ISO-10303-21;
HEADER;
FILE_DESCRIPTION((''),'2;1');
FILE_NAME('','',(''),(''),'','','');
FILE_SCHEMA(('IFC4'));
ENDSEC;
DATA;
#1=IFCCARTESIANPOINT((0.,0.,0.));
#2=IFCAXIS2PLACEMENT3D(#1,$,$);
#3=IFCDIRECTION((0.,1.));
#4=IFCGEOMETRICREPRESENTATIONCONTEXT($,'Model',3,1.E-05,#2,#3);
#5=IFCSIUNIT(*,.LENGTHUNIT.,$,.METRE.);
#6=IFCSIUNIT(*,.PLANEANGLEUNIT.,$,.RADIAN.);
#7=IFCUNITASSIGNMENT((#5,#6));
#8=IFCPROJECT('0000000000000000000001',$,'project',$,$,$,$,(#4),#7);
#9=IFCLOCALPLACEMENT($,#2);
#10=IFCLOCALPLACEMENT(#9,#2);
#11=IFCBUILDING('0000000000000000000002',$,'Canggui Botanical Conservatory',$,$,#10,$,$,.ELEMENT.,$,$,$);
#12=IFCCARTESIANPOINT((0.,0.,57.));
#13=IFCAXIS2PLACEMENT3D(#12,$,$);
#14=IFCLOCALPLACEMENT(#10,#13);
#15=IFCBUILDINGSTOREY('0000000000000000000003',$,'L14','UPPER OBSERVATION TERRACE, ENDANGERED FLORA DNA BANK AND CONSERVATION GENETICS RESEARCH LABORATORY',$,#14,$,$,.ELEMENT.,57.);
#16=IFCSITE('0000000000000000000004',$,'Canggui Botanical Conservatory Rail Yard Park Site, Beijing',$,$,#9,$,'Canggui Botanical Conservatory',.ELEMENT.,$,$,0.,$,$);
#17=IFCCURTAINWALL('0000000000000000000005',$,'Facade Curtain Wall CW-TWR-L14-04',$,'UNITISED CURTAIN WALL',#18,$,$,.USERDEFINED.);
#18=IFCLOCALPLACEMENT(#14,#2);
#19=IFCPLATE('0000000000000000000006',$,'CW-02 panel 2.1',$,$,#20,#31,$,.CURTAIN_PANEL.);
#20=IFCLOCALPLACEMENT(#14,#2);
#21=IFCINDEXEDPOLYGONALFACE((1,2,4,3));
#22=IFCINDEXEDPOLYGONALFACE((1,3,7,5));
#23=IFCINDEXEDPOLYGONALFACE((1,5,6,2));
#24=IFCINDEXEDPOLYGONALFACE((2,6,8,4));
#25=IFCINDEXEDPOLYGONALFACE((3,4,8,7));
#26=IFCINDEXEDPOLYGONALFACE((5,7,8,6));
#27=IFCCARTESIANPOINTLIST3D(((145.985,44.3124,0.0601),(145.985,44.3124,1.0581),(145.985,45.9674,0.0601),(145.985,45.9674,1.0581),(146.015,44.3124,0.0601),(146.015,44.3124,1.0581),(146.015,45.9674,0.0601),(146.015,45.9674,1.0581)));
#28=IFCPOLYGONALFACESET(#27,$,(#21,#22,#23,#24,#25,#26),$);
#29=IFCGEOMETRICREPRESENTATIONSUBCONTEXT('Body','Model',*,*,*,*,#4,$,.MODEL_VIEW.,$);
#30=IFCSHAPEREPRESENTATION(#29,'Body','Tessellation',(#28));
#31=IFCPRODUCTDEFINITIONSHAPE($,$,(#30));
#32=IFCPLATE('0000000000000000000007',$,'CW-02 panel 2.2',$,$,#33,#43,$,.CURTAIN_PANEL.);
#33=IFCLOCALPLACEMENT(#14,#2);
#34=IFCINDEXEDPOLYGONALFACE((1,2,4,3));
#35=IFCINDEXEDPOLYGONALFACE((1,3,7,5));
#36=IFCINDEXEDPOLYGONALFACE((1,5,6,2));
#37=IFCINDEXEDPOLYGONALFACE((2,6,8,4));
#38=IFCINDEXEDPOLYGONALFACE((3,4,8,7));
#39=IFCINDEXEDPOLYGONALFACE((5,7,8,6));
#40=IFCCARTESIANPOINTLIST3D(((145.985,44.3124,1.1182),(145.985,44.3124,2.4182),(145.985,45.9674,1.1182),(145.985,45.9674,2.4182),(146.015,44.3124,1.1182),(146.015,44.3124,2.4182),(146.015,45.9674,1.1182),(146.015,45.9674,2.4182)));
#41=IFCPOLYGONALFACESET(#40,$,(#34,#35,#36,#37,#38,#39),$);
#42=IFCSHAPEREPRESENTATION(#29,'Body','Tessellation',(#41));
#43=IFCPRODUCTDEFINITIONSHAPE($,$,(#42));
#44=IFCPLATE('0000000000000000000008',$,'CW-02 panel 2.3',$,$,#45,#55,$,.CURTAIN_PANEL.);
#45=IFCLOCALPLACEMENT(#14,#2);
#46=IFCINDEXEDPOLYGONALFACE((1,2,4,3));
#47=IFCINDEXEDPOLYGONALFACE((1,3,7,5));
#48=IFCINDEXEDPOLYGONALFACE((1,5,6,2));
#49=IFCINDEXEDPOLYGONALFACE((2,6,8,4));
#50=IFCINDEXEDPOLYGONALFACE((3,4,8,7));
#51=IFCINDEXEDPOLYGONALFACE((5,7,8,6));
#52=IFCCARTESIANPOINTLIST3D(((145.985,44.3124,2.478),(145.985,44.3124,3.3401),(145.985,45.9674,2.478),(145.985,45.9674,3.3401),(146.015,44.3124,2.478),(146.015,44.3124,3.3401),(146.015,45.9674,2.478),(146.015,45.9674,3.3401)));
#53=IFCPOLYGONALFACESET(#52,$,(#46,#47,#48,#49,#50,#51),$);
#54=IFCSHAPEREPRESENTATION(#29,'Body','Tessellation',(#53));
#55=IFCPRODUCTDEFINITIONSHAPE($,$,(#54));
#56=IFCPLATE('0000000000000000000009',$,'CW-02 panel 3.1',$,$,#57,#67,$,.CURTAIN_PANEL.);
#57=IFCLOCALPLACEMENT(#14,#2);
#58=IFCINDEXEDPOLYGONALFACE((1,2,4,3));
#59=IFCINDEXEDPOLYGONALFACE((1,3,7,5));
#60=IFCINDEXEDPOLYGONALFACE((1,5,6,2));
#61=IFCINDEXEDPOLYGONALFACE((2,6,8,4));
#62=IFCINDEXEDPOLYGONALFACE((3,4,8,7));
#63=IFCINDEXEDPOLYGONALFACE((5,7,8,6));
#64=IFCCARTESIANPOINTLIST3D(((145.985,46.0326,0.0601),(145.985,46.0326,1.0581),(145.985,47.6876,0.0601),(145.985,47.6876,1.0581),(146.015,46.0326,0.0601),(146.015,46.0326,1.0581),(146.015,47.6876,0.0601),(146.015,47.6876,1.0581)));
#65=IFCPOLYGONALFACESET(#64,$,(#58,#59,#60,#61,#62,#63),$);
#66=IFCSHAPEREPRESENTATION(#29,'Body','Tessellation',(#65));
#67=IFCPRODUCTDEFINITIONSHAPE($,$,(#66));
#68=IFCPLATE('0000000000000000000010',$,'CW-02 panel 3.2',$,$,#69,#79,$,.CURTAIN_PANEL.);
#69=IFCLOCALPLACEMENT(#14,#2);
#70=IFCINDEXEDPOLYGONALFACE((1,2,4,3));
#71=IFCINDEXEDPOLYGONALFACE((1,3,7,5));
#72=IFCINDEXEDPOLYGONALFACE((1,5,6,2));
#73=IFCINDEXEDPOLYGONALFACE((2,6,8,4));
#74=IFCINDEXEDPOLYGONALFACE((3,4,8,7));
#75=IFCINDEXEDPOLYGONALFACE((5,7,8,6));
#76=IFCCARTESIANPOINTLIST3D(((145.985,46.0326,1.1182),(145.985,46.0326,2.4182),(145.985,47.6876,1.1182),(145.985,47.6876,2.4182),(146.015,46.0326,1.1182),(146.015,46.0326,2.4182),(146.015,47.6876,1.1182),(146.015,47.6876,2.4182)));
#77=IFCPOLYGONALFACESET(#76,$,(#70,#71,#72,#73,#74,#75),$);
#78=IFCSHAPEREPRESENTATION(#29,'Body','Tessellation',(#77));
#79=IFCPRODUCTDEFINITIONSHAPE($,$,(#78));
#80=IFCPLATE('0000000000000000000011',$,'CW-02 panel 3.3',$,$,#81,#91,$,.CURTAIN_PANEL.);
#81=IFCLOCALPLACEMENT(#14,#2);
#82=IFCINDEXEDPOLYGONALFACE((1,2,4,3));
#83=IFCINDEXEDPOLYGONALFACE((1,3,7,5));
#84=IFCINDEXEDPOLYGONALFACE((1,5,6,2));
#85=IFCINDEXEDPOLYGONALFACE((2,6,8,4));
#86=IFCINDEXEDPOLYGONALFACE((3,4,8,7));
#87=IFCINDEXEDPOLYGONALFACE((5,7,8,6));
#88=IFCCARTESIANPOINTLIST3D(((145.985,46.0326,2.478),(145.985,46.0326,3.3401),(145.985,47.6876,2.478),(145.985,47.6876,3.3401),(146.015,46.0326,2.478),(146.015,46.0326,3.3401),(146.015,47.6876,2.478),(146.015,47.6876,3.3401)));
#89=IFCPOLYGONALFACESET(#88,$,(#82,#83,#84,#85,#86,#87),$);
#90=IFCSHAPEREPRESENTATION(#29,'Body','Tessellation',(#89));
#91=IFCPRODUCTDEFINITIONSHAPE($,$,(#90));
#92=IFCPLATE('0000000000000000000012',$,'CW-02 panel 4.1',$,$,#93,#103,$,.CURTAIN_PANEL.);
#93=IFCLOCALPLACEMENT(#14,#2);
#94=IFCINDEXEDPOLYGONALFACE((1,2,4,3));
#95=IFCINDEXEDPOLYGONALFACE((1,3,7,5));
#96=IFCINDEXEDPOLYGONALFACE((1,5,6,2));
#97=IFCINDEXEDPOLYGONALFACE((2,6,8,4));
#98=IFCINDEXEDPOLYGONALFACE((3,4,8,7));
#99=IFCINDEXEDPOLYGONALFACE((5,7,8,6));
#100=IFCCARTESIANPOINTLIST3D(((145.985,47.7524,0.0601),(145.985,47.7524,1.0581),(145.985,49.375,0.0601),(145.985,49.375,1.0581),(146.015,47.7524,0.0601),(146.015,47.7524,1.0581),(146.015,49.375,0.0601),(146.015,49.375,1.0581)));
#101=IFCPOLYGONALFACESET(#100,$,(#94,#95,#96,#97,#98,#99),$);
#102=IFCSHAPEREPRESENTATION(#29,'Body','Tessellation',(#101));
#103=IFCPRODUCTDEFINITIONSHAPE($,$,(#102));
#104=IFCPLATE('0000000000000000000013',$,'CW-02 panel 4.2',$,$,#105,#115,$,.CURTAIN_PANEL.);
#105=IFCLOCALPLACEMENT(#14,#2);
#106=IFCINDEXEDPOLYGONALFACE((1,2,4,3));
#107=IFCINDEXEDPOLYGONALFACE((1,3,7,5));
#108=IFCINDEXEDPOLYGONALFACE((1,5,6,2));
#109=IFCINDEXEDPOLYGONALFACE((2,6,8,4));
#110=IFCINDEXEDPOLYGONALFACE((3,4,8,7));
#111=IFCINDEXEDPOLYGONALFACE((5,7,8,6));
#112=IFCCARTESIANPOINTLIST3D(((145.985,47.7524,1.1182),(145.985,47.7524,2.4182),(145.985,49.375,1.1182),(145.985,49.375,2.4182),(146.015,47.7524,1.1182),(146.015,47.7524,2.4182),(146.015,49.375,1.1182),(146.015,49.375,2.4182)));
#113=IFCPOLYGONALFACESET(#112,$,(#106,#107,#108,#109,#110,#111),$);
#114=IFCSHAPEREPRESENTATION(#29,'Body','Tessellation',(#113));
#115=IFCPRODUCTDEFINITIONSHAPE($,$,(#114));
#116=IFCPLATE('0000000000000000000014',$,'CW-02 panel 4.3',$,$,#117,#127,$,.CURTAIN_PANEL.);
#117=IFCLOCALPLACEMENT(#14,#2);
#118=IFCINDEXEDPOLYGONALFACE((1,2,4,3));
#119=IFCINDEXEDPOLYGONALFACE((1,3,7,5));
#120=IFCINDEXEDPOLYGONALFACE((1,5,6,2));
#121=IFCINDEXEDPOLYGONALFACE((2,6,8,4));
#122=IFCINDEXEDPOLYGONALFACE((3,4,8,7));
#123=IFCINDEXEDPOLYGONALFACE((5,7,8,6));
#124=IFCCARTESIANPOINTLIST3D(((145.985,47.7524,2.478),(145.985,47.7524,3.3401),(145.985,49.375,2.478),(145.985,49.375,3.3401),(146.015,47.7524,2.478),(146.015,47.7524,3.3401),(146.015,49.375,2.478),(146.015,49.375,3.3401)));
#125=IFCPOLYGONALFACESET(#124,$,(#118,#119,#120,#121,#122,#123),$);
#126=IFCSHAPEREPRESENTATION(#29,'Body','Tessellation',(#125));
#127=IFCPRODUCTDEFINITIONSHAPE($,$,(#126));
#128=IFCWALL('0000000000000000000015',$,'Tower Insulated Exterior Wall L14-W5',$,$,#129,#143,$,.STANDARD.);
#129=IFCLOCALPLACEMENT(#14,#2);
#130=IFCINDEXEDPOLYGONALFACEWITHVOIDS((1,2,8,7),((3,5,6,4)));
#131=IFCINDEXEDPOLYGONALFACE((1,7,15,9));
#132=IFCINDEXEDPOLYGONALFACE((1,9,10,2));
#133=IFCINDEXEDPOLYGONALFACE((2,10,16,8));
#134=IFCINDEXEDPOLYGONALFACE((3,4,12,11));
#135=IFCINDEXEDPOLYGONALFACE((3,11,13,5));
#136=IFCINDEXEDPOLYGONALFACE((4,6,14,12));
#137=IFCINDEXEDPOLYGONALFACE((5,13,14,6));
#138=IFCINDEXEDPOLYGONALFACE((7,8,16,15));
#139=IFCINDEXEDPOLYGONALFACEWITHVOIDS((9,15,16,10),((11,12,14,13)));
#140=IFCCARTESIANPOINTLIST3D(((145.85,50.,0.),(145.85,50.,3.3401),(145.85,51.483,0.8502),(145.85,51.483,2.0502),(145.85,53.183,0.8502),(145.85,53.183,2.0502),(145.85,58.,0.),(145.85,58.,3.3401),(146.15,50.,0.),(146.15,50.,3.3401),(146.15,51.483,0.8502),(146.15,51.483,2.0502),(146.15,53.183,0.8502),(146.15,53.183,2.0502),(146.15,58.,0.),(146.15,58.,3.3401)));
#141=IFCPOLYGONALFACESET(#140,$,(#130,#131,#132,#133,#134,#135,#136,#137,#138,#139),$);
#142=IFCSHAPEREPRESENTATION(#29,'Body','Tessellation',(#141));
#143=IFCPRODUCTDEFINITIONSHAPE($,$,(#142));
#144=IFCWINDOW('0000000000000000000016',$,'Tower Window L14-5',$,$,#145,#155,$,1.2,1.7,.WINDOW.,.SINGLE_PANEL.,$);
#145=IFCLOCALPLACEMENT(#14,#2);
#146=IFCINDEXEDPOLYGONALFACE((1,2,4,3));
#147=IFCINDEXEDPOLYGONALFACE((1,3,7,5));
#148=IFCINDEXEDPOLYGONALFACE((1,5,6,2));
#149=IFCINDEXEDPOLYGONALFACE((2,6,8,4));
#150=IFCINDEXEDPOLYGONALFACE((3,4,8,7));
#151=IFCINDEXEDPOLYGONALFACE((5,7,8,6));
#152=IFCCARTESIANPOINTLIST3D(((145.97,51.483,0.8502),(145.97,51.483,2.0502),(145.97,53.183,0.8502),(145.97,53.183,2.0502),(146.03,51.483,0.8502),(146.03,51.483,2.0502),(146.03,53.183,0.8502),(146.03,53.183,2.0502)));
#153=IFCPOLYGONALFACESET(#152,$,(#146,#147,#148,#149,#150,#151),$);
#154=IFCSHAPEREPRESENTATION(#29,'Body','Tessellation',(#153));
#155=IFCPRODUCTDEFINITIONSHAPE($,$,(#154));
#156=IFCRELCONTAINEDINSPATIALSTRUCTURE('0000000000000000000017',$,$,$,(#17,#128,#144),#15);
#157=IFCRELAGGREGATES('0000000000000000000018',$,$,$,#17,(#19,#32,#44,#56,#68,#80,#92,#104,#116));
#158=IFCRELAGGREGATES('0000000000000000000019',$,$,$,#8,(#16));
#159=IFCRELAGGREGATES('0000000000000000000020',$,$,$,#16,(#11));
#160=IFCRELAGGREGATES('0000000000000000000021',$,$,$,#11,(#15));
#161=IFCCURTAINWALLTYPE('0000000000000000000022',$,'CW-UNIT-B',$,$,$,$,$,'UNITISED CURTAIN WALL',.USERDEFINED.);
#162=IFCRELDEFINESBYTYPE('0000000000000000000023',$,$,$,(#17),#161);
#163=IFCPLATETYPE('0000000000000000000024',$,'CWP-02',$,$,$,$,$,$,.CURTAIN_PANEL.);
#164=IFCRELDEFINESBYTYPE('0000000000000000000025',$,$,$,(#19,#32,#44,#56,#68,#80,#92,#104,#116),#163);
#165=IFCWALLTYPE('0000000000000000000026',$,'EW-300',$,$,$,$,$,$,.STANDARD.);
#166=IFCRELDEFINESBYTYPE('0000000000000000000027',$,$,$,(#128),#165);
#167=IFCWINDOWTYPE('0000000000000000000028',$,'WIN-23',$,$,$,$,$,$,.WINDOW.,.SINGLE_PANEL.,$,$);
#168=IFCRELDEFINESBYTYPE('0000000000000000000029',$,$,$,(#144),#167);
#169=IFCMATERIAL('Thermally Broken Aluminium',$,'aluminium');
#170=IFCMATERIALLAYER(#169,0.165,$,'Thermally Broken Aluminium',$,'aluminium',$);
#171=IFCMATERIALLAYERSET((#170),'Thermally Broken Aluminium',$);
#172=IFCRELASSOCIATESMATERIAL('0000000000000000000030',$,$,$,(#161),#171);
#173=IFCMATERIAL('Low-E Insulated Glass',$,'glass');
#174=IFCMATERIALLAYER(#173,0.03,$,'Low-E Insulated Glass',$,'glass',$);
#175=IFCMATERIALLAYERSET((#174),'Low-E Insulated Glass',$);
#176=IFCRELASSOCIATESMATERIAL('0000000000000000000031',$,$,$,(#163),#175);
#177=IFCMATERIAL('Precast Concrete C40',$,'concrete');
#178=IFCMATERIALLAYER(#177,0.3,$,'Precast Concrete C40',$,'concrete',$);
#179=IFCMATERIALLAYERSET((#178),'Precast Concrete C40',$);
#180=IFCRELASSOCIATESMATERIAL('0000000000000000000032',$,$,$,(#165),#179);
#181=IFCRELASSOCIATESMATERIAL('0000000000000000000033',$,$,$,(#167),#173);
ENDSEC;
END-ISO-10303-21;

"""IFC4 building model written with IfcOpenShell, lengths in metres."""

from ifc_helpers import new_model, si_unit, direction, frame, frame_2d, origin, origin_2d, place, context, subcontext, project, spatial, rectangle, extrude, material, layer, layer_set, type_object, element, fill, aggregate, save


model = new_model("IFC4")

# Units and contexts
model_context = context("Model", 3, precision=1e-05, world=origin(), true_north=direction((0.0, 1.0)))
body_context = subcontext(model_context, "Body", "Model", "MODEL_VIEW")
ifc_project = project(units=[si_unit("LENGTHUNIT", "METRE"), si_unit("PLANEANGLEUNIT", "RADIAN")], contexts=[model_context])

# Site, building, storey
site_placement = place(None, origin())
site = spatial("IfcSite", under=ifc_project, at=site_placement, Name="Canggui Botanical Conservatory Rail Yard Park Site, Beijing", LongName="Canggui Botanical Conservatory", CompositionType="ELEMENT", RefElevation=0.0)
building_placement = place(site_placement, origin())
building = spatial("IfcBuilding", under=site, at=building_placement, Name="Canggui Botanical Conservatory", CompositionType="ELEMENT")
storey_placement = place(building_placement, frame((0.0, 0.0, 57.0)))
storey = spatial("IfcBuildingStorey", under=building, at=storey_placement, Name="L14", Description="UPPER OBSERVATION TERRACE, ENDANGERED FLORA DNA BANK AND CONSERVATION GENETICS RESEARCH LABORATORY", CompositionType="ELEMENT", Elevation=57.0)

# Shared definitions
ifc_material_1 = material(Name="Thermally Broken Aluminium", Category="aluminium")
ifc_layer_1 = layer(ifc_material_1, 0.165, Name="Thermally Broken Aluminium", Category="aluminium")
ifc_layer_set_1 = layer_set([ifc_layer_1], Name="Thermally Broken Aluminium")
curtain_wall_type = type_object("IfcCurtainWallType", Name="CW-UNIT-B", ElementType="UNITISED CURTAIN WALL", PredefinedType="USERDEFINED", material=ifc_layer_set_1)

# Curtain wall
curtain_wall_1_placement = place(storey_placement, origin())
curtain_wall_1 = element("IfcCurtainWall", 1, at=curtain_wall_1_placement, inside=storey, type_object=curtain_wall_type, Name="Facade Curtain Wall CW-TWR-L14-04", ObjectType="UNITISED CURTAIN WALL", PredefinedType="USERDEFINED")

# Plates
ifc_material_2 = material(Name="Low-E Insulated Glass", Category="glass")
ifc_layer_2 = layer(ifc_material_2, 0.03, Name="Low-E Insulated Glass", Category="glass")
ifc_layer_set_2 = layer_set([ifc_layer_2], Name="Low-E Insulated Glass")
plate_type = type_object("IfcPlateType", Name="CWP-02", PredefinedType="CURTAIN_PANEL", material=ifc_layer_set_2)
plate_1_placement = place(storey_placement, frame((146.0, 45.1399, 0.0601), z_axis=(0.0, 0.0, 1.0), x_axis=(0.0, 1.0, 0.0)))
plate_1 = element("IfcPlate", 2, at=plate_1_placement, type_object=plate_type, Name="CW-02 panel 2.1", PredefinedType="CURTAIN_PANEL", context=body_context, shape_type="SweptSolid", body=[
    extrude(rectangle(XDim=1.655, YDim=0.03, at=origin_2d()), origin(), (0.0, 0.0, 1.0), 0.998),
])
plate_2_placement = place(storey_placement, frame((146.0, 45.1399, 1.1182), z_axis=(0.0, 0.0, 1.0), x_axis=(0.0, 1.0, 0.0)))
plate_2 = element("IfcPlate", 3, at=plate_2_placement, type_object=plate_type, Name="CW-02 panel 2.2", PredefinedType="CURTAIN_PANEL", context=body_context, shape_type="SweptSolid", body=[
    extrude(rectangle(XDim=1.655, YDim=0.03, at=origin_2d()), origin(), (0.0, 0.0, 1.0), 1.3),
])
plate_3_placement = place(storey_placement, frame((146.0, 45.1399, 2.478), z_axis=(0.0, 0.0, 1.0), x_axis=(0.0, 1.0, 0.0)))
plate_3 = element("IfcPlate", 4, at=plate_3_placement, type_object=plate_type, Name="CW-02 panel 2.3", PredefinedType="CURTAIN_PANEL", context=body_context, shape_type="SweptSolid", body=[
    extrude(rectangle(XDim=1.655, YDim=0.03, at=origin_2d()), origin(), (0.0, 0.0, 1.0), 0.8621),
])
plate_4_placement = place(storey_placement, frame((146.0, 46.8601, 0.0601), z_axis=(0.0, 0.0, 1.0), x_axis=(0.0, 1.0, 0.0)))
plate_4 = element("IfcPlate", 5, at=plate_4_placement, type_object=plate_type, Name="CW-02 panel 3.1", PredefinedType="CURTAIN_PANEL", context=body_context, shape_type="SweptSolid", body=[
    extrude(rectangle(XDim=1.655, YDim=0.03, at=origin_2d()), origin(), (0.0, 0.0, 1.0), 0.998),
])
plate_5_placement = place(storey_placement, frame((146.0, 46.8601, 1.1182), z_axis=(0.0, 0.0, 1.0), x_axis=(0.0, 1.0, 0.0)))
plate_5 = element("IfcPlate", 6, at=plate_5_placement, type_object=plate_type, Name="CW-02 panel 3.2", PredefinedType="CURTAIN_PANEL", context=body_context, shape_type="SweptSolid", body=[
    extrude(rectangle(XDim=1.655, YDim=0.03, at=origin_2d()), origin(), (0.0, 0.0, 1.0), 1.3),
])
plate_6_placement = place(storey_placement, frame((146.0, 46.8601, 2.478), z_axis=(0.0, 0.0, 1.0), x_axis=(0.0, 1.0, 0.0)))
plate_6 = element("IfcPlate", 7, at=plate_6_placement, type_object=plate_type, Name="CW-02 panel 3.3", PredefinedType="CURTAIN_PANEL", context=body_context, shape_type="SweptSolid", body=[
    extrude(rectangle(XDim=1.655, YDim=0.03, at=origin_2d()), origin(), (0.0, 0.0, 1.0), 0.8621),
])
plate_7_placement = place(storey_placement, frame((146.0, 48.5637, 0.0601), z_axis=(0.0, 0.0, 1.0), x_axis=(0.0, 1.0, 0.0)))
plate_7 = element("IfcPlate", 8, at=plate_7_placement, type_object=plate_type, Name="CW-02 panel 4.1", PredefinedType="CURTAIN_PANEL", context=body_context, shape_type="SweptSolid", body=[
    extrude(rectangle(XDim=1.6226, YDim=0.03, at=origin_2d()), origin(), (0.0, 0.0, 1.0), 0.998),
])
plate_8_placement = place(storey_placement, frame((146.0, 48.5637, 1.1182), z_axis=(0.0, 0.0, 1.0), x_axis=(0.0, 1.0, 0.0)))
plate_8 = element("IfcPlate", 9, at=plate_8_placement, type_object=plate_type, Name="CW-02 panel 4.2", PredefinedType="CURTAIN_PANEL", context=body_context, shape_type="SweptSolid", body=[
    extrude(rectangle(XDim=1.6226, YDim=0.03, at=origin_2d()), origin(), (0.0, 0.0, 1.0), 1.3),
])
plate_9_placement = place(storey_placement, frame((146.0, 48.5637, 2.478), z_axis=(0.0, 0.0, 1.0), x_axis=(0.0, 1.0, 0.0)))
plate_9 = element("IfcPlate", 10, at=plate_9_placement, type_object=plate_type, Name="CW-02 panel 4.3", PredefinedType="CURTAIN_PANEL", context=body_context, shape_type="SweptSolid", body=[
    extrude(rectangle(XDim=1.6226, YDim=0.03, at=origin_2d()), origin(), (0.0, 0.0, 1.0), 0.8621),
])
aggregate(curtain_wall_1, [plate_1, plate_2, plate_3, plate_4, plate_5, plate_6, plate_7, plate_8, plate_9])

# Wall, opening, window
ifc_material_3 = material(Name="Precast Concrete C40", Category="concrete")
ifc_layer_3 = layer(ifc_material_3, 0.3, Name="Precast Concrete C40", Category="concrete")
ifc_layer_set_3 = layer_set([ifc_layer_3], Name="Precast Concrete C40")
wall_type = type_object("IfcWallType", Name="EW-300", PredefinedType="STANDARD", material=ifc_layer_set_3)
wall_placement = place(storey_placement, frame((146.0, 50.0, 0.0), z_axis=(0.0, 0.0, 1.0), x_axis=(0.0, 1.0, 0.0)))
wall = element("IfcWall", 11, at=wall_placement, inside=storey, type_object=wall_type, Name="Tower Insulated Exterior Wall L14-W5", PredefinedType="STANDARD", context=body_context, shape_type="SweptSolid", body=[
    extrude(rectangle(XDim=8.0, YDim=0.3, at=frame_2d((4.0, 0.0))), origin(), (0.0, 0.0, 1.0), 3.3401),
])
opening_placement = place(wall_placement, frame((1.4829, 0.0, 0.8501)))
opening = element("IfcOpeningElement", 12, at=opening_placement, cuts=wall, PredefinedType="OPENING", context=body_context, shape_type="SweptSolid", body=[
    extrude(rectangle(XDim=1.7, YDim=1.2, at=frame_2d((0.8501, 0.6001))), frame((0.0, 0.1602, 0.0), z_axis=(0.0, -1.0, 0.0), x_axis=(1.0, 0.0, 0.0)), (0.0, 0.0, 1.0), 0.3201),
])
window_type = type_object("IfcWindowType", Name="WIN-23", PartitioningType="SINGLE_PANEL", PredefinedType="WINDOW", material=ifc_material_2)
window_placement = place(opening_placement, origin())
window = element("IfcWindow", 13, at=window_placement, inside=storey, type_object=window_type, Name="Tower Window L14-5", OverallHeight=1.2, OverallWidth=1.7, PartitioningType="SINGLE_PANEL", PredefinedType="WINDOW", context=body_context, shape_type="SweptSolid", body=[
    extrude(rectangle(XDim=1.7, YDim=1.2, at=frame_2d((0.8501, 0.6001))), frame((0.0, 0.03, 0.0), z_axis=(0.0, -1.0, 0.0), x_axis=(1.0, 0.0, 0.0)), (0.0, 0.0, 1.0), 0.0601),
])
fill(opening, window)

save(model, "model.ifc")
